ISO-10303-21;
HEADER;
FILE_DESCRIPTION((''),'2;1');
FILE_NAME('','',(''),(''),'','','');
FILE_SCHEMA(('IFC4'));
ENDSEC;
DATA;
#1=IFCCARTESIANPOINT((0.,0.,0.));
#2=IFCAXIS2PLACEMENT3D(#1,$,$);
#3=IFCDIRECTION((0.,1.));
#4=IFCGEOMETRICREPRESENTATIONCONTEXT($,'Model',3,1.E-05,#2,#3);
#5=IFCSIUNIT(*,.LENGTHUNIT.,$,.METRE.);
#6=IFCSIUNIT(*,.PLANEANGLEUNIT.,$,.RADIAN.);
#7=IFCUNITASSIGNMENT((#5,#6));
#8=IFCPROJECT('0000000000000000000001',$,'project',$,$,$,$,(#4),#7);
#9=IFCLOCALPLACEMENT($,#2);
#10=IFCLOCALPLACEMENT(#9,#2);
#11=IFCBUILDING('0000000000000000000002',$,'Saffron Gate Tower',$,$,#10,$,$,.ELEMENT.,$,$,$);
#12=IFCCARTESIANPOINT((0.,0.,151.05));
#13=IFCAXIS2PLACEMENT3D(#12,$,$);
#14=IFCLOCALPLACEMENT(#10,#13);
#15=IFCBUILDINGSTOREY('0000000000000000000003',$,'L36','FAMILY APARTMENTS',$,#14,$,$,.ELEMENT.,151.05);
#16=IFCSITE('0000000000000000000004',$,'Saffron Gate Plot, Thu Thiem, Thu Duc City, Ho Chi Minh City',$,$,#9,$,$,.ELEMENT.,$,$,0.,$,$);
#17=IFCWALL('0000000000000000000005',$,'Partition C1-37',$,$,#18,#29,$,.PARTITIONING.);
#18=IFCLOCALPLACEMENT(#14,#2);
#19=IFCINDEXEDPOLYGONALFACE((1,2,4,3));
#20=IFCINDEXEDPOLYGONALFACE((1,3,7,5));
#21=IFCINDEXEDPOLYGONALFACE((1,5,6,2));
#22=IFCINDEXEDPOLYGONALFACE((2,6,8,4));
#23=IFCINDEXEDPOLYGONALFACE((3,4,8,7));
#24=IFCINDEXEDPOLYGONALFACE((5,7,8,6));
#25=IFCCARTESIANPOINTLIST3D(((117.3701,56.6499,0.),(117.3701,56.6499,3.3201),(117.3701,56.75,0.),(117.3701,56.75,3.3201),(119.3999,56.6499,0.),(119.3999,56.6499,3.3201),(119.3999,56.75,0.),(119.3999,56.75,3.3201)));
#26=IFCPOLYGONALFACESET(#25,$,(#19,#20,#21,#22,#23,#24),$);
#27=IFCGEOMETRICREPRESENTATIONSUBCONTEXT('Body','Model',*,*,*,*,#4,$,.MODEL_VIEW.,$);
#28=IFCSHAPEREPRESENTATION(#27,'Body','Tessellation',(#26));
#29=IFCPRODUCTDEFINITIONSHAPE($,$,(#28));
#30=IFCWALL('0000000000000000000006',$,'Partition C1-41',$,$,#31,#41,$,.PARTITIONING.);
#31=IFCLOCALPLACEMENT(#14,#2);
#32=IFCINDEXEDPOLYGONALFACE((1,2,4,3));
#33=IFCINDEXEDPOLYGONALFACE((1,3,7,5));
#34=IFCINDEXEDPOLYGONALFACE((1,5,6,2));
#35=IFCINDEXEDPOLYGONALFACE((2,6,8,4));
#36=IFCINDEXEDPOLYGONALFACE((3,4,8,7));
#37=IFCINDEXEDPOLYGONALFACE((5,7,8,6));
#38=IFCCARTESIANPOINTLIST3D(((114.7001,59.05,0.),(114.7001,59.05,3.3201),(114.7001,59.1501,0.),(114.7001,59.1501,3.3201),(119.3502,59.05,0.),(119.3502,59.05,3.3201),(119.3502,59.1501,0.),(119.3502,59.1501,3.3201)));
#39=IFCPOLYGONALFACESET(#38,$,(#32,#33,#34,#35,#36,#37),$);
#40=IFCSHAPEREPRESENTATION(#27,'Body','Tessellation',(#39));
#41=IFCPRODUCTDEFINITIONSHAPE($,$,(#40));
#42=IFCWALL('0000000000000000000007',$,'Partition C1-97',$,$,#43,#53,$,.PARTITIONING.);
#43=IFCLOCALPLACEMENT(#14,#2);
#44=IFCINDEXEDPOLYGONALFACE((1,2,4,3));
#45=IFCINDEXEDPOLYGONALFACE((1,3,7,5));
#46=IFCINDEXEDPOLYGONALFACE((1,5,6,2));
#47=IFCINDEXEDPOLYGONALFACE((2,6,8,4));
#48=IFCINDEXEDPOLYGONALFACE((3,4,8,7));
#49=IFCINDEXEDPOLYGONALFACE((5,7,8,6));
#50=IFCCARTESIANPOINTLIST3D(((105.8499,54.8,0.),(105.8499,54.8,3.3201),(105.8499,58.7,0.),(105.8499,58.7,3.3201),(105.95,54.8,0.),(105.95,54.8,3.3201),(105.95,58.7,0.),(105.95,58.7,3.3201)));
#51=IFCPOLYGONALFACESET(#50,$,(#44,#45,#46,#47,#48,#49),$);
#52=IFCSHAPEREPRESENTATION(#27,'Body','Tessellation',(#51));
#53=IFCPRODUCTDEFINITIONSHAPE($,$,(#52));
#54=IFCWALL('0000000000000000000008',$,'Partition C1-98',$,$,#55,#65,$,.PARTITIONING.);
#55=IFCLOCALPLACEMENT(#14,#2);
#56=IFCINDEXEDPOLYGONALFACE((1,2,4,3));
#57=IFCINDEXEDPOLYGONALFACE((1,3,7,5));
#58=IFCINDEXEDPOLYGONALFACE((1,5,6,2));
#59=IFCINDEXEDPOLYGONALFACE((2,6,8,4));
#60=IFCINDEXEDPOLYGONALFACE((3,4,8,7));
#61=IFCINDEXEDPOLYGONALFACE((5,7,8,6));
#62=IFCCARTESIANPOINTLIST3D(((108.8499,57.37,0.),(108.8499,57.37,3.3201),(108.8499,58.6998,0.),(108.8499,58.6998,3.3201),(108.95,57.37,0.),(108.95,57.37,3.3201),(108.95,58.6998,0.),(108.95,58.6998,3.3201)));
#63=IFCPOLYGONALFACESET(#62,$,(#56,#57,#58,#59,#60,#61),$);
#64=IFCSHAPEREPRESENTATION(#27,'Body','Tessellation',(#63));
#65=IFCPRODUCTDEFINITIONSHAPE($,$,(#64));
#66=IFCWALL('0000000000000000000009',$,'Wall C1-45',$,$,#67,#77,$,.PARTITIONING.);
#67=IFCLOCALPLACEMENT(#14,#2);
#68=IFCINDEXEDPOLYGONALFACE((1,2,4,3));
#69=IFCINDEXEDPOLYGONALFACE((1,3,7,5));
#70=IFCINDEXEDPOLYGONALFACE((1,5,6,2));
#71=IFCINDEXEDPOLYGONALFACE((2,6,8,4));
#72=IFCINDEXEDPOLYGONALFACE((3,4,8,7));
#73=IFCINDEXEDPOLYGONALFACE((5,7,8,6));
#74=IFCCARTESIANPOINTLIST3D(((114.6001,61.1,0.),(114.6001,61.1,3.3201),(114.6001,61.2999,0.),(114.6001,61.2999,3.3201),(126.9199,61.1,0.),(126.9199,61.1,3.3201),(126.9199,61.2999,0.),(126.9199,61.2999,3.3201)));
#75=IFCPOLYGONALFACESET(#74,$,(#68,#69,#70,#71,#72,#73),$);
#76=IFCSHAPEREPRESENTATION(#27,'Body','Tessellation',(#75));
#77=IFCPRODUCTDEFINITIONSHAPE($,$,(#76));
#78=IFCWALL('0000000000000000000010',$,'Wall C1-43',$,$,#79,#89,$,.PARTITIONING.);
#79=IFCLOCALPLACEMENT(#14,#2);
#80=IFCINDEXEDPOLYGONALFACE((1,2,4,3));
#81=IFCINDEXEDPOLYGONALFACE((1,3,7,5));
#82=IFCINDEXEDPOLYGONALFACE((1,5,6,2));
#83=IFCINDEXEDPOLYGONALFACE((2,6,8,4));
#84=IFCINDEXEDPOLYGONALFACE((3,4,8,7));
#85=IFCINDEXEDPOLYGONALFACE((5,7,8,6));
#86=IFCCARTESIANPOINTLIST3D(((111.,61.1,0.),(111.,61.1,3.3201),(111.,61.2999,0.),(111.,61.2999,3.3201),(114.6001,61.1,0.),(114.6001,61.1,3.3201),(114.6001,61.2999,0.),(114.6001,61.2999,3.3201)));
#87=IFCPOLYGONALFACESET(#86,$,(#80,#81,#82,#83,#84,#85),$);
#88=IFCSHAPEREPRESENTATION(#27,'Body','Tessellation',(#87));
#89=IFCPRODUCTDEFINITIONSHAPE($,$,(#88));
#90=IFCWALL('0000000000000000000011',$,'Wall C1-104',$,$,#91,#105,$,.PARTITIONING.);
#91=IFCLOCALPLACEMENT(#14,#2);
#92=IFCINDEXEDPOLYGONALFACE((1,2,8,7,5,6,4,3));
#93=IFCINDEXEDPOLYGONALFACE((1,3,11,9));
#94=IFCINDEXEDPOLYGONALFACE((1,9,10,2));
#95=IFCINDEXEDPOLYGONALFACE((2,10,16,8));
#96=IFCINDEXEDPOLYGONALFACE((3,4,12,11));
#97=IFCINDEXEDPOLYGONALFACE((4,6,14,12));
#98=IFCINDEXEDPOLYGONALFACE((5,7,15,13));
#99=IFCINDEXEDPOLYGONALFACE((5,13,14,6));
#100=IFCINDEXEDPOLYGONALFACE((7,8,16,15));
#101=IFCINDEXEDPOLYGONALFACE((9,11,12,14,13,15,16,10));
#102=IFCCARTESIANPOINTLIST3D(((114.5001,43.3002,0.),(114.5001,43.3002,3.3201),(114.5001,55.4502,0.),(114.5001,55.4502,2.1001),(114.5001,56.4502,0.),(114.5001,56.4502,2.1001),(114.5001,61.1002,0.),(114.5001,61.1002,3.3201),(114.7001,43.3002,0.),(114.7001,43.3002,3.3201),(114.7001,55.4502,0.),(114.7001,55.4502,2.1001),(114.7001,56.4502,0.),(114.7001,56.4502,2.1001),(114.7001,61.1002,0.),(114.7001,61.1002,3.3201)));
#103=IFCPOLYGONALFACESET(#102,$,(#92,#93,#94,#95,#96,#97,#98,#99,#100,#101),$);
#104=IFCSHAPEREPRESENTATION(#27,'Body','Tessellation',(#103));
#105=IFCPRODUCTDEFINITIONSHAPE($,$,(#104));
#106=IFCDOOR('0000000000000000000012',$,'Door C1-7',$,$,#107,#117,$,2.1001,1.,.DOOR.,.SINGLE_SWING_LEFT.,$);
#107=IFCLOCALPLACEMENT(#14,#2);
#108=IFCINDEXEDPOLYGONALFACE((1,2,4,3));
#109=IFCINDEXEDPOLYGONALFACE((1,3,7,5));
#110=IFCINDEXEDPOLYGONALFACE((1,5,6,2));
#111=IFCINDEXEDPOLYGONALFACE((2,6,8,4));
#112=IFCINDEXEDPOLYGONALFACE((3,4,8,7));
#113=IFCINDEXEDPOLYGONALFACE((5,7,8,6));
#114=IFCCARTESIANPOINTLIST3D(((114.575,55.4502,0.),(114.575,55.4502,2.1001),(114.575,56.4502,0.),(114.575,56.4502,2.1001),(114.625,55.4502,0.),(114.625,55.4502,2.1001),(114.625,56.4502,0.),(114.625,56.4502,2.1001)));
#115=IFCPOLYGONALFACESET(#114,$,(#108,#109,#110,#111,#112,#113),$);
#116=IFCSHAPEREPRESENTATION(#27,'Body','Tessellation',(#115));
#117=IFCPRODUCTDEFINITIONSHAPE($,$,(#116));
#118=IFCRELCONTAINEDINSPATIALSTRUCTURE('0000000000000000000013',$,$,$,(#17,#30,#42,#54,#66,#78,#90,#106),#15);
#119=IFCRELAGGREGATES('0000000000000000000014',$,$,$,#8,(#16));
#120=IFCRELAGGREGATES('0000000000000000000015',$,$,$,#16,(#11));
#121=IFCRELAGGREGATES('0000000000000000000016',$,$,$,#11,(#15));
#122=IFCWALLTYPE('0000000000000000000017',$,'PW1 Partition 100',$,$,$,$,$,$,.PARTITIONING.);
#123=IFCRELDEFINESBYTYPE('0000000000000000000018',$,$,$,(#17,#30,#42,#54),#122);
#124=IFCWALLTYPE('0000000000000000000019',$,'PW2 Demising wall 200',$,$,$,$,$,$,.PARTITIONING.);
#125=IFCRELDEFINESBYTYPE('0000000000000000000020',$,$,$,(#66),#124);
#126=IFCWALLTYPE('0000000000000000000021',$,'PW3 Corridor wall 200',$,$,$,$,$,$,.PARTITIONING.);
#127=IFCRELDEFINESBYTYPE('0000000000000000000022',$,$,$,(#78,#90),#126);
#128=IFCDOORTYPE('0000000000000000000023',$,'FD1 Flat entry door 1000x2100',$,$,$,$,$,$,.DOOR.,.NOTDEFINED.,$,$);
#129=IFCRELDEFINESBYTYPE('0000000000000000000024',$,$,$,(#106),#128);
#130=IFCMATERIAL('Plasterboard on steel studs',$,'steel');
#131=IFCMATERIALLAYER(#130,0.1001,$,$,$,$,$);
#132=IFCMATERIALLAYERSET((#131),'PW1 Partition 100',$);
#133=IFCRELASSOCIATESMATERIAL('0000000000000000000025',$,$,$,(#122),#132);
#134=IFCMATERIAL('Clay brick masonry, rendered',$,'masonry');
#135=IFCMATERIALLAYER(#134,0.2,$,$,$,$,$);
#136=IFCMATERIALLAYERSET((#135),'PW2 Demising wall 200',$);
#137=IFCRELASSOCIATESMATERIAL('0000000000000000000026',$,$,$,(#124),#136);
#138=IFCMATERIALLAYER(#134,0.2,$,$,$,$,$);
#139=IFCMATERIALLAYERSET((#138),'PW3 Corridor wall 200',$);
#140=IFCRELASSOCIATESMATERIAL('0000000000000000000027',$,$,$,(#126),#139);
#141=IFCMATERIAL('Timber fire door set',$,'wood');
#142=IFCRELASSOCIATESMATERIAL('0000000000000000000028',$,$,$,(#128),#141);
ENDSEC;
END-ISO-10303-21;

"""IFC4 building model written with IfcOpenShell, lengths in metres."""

from ifc_helpers import new_model, si_unit, direction, frame, frame_2d, origin, place, context, subcontext, project, spatial, rectangle, extrude, material, layer, layer_set, type_object, element, fill, save


model = new_model("IFC4")

# Units and contexts
model_context = context("Model", 3, precision=1e-05, world=origin(), true_north=direction((0.0, 1.0)))
body_context = subcontext(model_context, "Body", "Model", "MODEL_VIEW")
ifc_project = project(units=[si_unit("LENGTHUNIT", "METRE"), si_unit("PLANEANGLEUNIT", "RADIAN")], contexts=[model_context])

# Site, building, storey
site_placement = place(None, origin())
site = spatial("IfcSite", under=ifc_project, at=site_placement, Name="Saffron Gate Plot, Thu Thiem, Thu Duc City, Ho Chi Minh City", CompositionType="ELEMENT", RefElevation=0.0)
building_placement = place(site_placement, origin())
building = spatial("IfcBuilding", under=site, at=building_placement, Name="Saffron Gate Tower", CompositionType="ELEMENT")
storey_placement = place(building_placement, frame((0.0, 0.0, 151.05)))
storey = spatial("IfcBuildingStorey", under=building, at=storey_placement, Name="L36", Description="FAMILY APARTMENTS", CompositionType="ELEMENT", Elevation=151.05)

# Shared definitions
ifc_material_1 = material(Name="Plasterboard on steel studs", Category="steel")
ifc_layer_1 = layer(ifc_material_1, 0.1001)
ifc_layer_set_1 = layer_set([ifc_layer_1], Name="PW1 Partition 100")
wall_type_1 = type_object("IfcWallType", Name="PW1 Partition 100", PredefinedType="PARTITIONING", material=ifc_layer_set_1)

# Walls
wall_1_placement = place(storey_placement, frame((117.3701, 56.7, 0.0), z_axis=(0.0, 0.0, 1.0), x_axis=(1.0, 0.0, 0.0)))
element("IfcWall", 1, at=wall_1_placement, inside=storey, type_object=wall_type_1, Name="Partition C1-37", PredefinedType="PARTITIONING", context=body_context, shape_type="SweptSolid", body=[
    extrude(rectangle(XDim=2.0298, YDim=0.1001, at=frame_2d((1.0149, 0.0))), origin(), (0.0, 0.0, 1.0), 3.3201),
])
wall_2_placement = place(storey_placement, frame((114.7, 59.1001, 0.0), z_axis=(0.0, 0.0, 1.0), x_axis=(1.0, 0.0, 0.0)))
element("IfcWall", 2, at=wall_2_placement, inside=storey, type_object=wall_type_1, Name="Partition C1-41", PredefinedType="PARTITIONING", context=body_context, shape_type="SweptSolid", body=[
    extrude(rectangle(XDim=4.6501, YDim=0.1001, at=frame_2d((2.3252, 0.0))), origin(), (0.0, 0.0, 1.0), 3.3201),
])
wall_3_placement = place(storey_placement, frame((105.8999, 58.7, 0.0), z_axis=(0.0, 0.0, 1.0), x_axis=(0.0, -1.0, 0.0)))
element("IfcWall", 3, at=wall_3_placement, inside=storey, type_object=wall_type_1, Name="Partition C1-97", PredefinedType="PARTITIONING", context=body_context, shape_type="SweptSolid", body=[
    extrude(rectangle(XDim=3.8999, YDim=0.1001, at=frame_2d((1.95, 0.0))), origin(), (0.0, 0.0, 1.0), 3.3201),
])
wall_4_placement = place(storey_placement, frame((108.8999, 58.7, 0.0), z_axis=(0.0, 0.0, 1.0), x_axis=(0.0, -1.0, 0.0)))
element("IfcWall", 4, at=wall_4_placement, inside=storey, type_object=wall_type_1, Name="Partition C1-98", PredefinedType="PARTITIONING", context=body_context, shape_type="SweptSolid", body=[
    extrude(rectangle(XDim=1.3298, YDim=0.1001, at=frame_2d((0.665, 0.0))), origin(), (0.0, 0.0, 1.0), 3.3201),
])
ifc_material_2 = material(Name="Clay brick masonry, rendered", Category="masonry")
ifc_layer_2 = layer(ifc_material_2, 0.2)
ifc_layer_set_2 = layer_set([ifc_layer_2], Name="PW2 Demising wall 200")
wall_type_2 = type_object("IfcWallType", Name="PW2 Demising wall 200", PredefinedType="PARTITIONING", material=ifc_layer_set_2)
wall_5_placement = place(storey_placement, frame((114.6001, 61.2, 0.0), z_axis=(0.0, 0.0, 1.0), x_axis=(1.0, 0.0, 0.0)))
element("IfcWall", 5, at=wall_5_placement, inside=storey, type_object=wall_type_2, Name="Wall C1-45", PredefinedType="PARTITIONING", context=body_context, shape_type="SweptSolid", body=[
    extrude(rectangle(XDim=12.3198, YDim=0.2, at=frame_2d((6.1599, 0.0))), origin(), (0.0, 0.0, 1.0), 3.3201),
])
ifc_layer_3 = layer(ifc_material_2, 0.2)
ifc_layer_set_3 = layer_set([ifc_layer_3], Name="PW3 Corridor wall 200")
wall_type_3 = type_object("IfcWallType", Name="PW3 Corridor wall 200", PredefinedType="PARTITIONING", material=ifc_layer_set_3)
wall_6_placement = place(storey_placement, frame((111.0, 61.2, 0.0), z_axis=(0.0, 0.0, 1.0), x_axis=(1.0, 0.0, 0.0)))
element("IfcWall", 6, at=wall_6_placement, inside=storey, type_object=wall_type_3, Name="Wall C1-43", PredefinedType="PARTITIONING", context=body_context, shape_type="SweptSolid", body=[
    extrude(rectangle(XDim=3.6001, YDim=0.2, at=frame_2d((1.8, 0.0))), origin(), (0.0, 0.0, 1.0), 3.3201),
])

# Wall, opening, door
wall_7_placement = place(storey_placement, frame((114.6001, 61.1001, 0.0), z_axis=(0.0, 0.0, 1.0), x_axis=(0.0, -1.0, 0.0)))
wall_7 = element("IfcWall", 7, at=wall_7_placement, inside=storey, type_object=wall_type_3, Name="Wall C1-104", PredefinedType="PARTITIONING", context=body_context, shape_type="SweptSolid", body=[
    extrude(rectangle(XDim=17.8, YDim=0.2, at=frame_2d((8.8999, 0.0))), origin(), (0.0, 0.0, 1.0), 3.3201),
])
opening_1_placement = place(wall_7_placement, frame((4.6499, 0.0, 0.0)))
opening_1 = element("IfcOpeningElement", 8, at=opening_1_placement, cuts=wall_7, PredefinedType="OPENING", context=body_context, shape_type="SweptSolid", body=[
    extrude(rectangle(XDim=1.0, YDim=2.1001, at=frame_2d((0.5, 1.05))), frame((0.0, 0.1099, 0.0), z_axis=(0.0, -1.0, 0.0), x_axis=(1.0, 0.0, 0.0)), (0.0, 0.0, 1.0), 0.22),
])
ifc_material_3 = material(Name="Timber fire door set", Category="wood")
door_type_1 = type_object("IfcDoorType", Name="FD1 Flat entry door 1000x2100", OperationType="NOTDEFINED", PredefinedType="DOOR", material=ifc_material_3)
door_1_placement = place(opening_1_placement, origin())
door_1 = element("IfcDoor", 9, at=door_1_placement, inside=storey, type_object=door_type_1, Name="Door C1-7", OperationType="SINGLE_SWING_LEFT", OverallHeight=2.1001, OverallWidth=1.0, PredefinedType="DOOR", context=body_context, shape_type="SweptSolid", body=[
    extrude(rectangle(XDim=1.0, YDim=2.1001, at=frame_2d((0.5, 1.05))), frame((0.0, 0.0249, 0.0), z_axis=(0.0, -1.0, 0.0), x_axis=(1.0, 0.0, 0.0)), (0.0, 0.0, 1.0), 0.05),
])
fill(opening_1, door_1)

save(model, "model.ifc")
